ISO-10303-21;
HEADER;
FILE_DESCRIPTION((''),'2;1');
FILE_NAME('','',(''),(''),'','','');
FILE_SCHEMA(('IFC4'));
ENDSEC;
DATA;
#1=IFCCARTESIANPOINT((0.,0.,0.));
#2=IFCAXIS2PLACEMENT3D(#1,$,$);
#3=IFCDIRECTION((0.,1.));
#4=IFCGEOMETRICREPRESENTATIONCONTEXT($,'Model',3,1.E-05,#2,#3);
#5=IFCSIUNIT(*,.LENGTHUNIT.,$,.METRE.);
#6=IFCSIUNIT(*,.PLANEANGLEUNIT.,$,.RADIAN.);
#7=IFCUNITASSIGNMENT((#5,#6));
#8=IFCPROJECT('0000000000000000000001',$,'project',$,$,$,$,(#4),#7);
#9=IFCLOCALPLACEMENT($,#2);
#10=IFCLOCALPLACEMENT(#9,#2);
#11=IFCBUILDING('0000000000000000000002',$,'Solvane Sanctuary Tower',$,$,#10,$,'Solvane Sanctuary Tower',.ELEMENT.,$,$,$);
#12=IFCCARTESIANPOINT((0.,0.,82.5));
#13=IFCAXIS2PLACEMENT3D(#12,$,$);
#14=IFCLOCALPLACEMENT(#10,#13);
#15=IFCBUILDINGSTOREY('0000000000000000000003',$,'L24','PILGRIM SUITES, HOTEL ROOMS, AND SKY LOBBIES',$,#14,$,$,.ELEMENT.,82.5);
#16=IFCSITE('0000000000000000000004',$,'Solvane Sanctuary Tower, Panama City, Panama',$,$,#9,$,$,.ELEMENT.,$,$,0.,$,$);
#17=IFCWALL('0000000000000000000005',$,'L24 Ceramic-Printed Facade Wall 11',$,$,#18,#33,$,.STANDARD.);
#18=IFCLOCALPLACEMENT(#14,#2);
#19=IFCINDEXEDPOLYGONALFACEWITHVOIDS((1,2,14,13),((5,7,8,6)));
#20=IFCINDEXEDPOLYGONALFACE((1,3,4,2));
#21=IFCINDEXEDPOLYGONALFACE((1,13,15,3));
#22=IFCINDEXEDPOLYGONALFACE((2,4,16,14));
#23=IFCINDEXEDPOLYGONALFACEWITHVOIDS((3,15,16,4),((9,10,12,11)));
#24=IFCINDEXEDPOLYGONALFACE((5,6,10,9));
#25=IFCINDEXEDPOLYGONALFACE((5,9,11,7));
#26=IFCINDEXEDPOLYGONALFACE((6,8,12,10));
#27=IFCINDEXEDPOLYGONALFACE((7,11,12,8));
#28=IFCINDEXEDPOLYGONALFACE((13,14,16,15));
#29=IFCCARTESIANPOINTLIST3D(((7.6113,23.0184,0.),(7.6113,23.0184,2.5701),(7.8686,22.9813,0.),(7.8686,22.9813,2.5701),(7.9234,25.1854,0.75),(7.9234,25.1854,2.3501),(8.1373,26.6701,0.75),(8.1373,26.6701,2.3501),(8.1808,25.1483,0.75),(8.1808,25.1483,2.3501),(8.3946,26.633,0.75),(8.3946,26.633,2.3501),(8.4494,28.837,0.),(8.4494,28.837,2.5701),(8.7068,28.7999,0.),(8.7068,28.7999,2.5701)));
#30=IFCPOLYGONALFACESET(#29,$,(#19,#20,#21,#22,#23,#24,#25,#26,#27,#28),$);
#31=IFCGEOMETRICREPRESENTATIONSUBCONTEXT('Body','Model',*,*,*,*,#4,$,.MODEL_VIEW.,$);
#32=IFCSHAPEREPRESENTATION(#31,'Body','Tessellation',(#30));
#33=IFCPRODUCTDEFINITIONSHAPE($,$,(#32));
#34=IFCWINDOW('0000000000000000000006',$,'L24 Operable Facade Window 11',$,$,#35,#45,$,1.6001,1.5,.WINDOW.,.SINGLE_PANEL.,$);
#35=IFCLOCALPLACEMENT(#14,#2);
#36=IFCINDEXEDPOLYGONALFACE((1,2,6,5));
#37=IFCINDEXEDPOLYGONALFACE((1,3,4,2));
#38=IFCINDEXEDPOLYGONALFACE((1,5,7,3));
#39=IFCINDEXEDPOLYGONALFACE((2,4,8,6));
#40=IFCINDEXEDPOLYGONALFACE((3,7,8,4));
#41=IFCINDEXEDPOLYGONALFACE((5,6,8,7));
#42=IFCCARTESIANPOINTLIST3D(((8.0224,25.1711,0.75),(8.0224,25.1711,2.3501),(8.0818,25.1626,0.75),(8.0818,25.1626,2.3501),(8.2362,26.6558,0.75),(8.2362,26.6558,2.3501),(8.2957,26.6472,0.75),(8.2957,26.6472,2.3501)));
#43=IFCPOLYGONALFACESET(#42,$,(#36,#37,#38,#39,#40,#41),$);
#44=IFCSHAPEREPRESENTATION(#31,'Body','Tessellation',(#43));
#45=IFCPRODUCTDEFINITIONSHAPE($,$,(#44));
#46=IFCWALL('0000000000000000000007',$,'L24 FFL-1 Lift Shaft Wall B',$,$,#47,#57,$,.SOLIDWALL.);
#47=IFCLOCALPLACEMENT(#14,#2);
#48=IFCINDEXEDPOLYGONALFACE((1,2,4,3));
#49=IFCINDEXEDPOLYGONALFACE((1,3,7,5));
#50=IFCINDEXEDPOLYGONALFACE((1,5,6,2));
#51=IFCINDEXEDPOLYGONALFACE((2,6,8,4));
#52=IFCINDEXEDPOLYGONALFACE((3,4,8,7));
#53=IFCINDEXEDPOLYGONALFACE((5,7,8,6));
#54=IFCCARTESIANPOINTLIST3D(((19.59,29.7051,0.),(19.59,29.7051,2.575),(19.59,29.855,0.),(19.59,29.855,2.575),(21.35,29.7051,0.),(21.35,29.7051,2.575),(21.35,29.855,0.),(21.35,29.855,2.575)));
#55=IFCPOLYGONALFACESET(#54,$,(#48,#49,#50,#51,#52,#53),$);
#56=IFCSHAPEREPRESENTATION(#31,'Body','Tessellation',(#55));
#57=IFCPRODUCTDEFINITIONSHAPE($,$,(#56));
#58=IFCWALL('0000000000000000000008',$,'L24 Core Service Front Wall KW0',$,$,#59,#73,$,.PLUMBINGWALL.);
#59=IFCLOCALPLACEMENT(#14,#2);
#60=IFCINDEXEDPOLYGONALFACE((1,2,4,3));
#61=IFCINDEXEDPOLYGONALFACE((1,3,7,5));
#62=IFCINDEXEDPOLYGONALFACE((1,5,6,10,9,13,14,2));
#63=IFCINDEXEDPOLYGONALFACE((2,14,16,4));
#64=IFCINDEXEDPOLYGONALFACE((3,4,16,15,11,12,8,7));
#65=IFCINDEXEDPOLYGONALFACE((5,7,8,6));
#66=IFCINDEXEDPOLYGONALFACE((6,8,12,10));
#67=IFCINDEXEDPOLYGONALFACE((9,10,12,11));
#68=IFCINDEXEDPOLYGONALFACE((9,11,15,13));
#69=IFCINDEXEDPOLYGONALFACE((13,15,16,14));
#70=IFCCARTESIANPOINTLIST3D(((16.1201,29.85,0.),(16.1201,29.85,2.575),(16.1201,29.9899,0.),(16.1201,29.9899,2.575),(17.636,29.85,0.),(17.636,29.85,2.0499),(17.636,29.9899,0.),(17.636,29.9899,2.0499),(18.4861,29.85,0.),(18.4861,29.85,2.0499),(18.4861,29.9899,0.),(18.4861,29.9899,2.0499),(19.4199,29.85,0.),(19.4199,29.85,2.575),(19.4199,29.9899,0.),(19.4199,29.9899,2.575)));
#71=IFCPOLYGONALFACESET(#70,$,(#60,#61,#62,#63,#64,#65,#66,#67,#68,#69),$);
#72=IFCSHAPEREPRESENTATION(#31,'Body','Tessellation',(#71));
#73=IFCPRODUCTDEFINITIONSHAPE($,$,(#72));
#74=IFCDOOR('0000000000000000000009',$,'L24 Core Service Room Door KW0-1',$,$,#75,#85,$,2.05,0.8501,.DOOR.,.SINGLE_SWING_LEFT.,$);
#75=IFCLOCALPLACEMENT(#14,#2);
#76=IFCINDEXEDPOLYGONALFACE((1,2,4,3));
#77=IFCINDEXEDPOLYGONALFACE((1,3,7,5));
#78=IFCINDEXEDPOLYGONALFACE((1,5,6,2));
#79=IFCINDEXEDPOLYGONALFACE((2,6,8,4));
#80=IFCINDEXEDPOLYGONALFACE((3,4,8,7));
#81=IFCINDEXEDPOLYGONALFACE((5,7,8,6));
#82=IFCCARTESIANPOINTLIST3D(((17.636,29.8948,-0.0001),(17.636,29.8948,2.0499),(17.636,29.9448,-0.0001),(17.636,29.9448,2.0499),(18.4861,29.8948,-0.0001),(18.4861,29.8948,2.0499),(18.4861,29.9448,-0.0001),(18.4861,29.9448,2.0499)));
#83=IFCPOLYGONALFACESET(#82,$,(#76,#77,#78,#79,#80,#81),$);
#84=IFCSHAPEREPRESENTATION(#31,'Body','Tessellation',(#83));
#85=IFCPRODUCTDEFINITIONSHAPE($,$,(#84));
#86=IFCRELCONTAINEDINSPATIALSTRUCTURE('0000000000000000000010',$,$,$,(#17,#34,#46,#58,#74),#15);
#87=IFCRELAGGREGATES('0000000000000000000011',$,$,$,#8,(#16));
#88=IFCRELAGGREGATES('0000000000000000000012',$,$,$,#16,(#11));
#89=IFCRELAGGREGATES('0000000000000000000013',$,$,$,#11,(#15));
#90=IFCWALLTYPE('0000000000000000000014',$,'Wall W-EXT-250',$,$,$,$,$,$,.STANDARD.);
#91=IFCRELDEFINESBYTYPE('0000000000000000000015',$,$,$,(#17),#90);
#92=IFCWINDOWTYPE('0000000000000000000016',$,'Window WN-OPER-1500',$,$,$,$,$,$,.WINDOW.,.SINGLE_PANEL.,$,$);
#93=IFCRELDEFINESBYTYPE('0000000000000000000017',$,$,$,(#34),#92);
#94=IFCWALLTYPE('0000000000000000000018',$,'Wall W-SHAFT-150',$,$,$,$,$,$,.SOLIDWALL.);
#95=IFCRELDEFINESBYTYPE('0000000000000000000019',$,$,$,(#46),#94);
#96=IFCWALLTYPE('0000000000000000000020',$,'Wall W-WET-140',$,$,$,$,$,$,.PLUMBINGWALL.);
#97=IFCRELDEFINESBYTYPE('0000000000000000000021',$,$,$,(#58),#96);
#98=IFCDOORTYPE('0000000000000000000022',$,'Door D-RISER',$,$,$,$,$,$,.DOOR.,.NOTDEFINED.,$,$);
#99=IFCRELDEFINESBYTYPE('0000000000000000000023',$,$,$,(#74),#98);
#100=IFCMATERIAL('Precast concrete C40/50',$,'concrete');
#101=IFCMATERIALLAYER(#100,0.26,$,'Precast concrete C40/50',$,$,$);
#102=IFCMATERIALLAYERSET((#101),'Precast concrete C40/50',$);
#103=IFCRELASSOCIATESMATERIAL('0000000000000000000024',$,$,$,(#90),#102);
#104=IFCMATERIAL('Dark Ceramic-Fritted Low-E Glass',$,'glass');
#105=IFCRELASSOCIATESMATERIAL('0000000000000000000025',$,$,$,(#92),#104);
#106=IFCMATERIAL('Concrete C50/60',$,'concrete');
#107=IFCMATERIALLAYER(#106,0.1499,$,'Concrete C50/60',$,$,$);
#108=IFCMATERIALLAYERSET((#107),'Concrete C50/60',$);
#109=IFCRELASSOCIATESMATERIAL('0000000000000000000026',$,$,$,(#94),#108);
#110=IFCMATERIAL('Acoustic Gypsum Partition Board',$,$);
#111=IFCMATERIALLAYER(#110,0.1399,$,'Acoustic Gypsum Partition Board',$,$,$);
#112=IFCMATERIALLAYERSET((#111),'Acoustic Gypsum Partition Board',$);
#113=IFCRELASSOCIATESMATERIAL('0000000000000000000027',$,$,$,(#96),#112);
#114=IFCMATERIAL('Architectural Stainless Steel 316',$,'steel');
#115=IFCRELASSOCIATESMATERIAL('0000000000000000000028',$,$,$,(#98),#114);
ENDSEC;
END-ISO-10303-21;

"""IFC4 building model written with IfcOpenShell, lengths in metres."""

from ifc_helpers import new_model, si_unit, direction, frame, frame_2d, origin, place, context, subcontext, project, spatial, rectangle, extrude, material, layer, layer_set, type_object, element, fill, save


model = new_model("IFC4")

# Units and contexts
model_context = context("Model", 3, precision=1e-05, world=origin(), true_north=direction((0.0, 1.0)))
body_context = subcontext(model_context, "Body", "Model", "MODEL_VIEW")
ifc_project = project(units=[si_unit("LENGTHUNIT", "METRE"), si_unit("PLANEANGLEUNIT", "RADIAN")], contexts=[model_context])

# Site, building, storey
site_placement = place(None, origin())
site = spatial("IfcSite", under=ifc_project, at=site_placement, Name="Solvane Sanctuary Tower, Panama City, Panama", CompositionType="ELEMENT", RefElevation=0.0)
building_placement = place(site_placement, origin())
building = spatial("IfcBuilding", under=site, at=building_placement, Name="Solvane Sanctuary Tower", LongName="Solvane Sanctuary Tower", CompositionType="ELEMENT")
storey_placement = place(building_placement, frame((0.0, 0.0, 82.5)))
storey = spatial("IfcBuildingStorey", under=building, at=storey_placement, Name="L24", Description="PILGRIM SUITES, HOTEL ROOMS, AND SKY LOBBIES", CompositionType="ELEMENT", Elevation=82.5)

# Shared definitions
ifc_material_1 = material(Name="Acoustic Gypsum Partition Board")

# Shared definitions
ifc_material_2 = material(Name="Precast concrete C40/50", Category="concrete")
ifc_layer_1 = layer(ifc_material_2, 0.26, Name="Precast concrete C40/50")
ifc_layer_set_1 = layer_set([ifc_layer_1], Name="Precast concrete C40/50")
wall_type_1 = type_object("IfcWallType", Name="Wall W-EXT-250", PredefinedType="STANDARD", material=ifc_layer_set_1)

# Wall, opening, window
ifc_material_3 = material(Name="Dark Ceramic-Fritted Low-E Glass", Category="glass")
wall_1_placement = place(storey_placement, frame((8.5781, 28.8186, 0.0), z_axis=(0.0, 0.0, 1.0), x_axis=(-0.142572, -0.989784, 0.0)))
wall_1 = element("IfcWall", 1, at=wall_1_placement, inside=storey, type_object=wall_type_1, Name="L24 Ceramic-Printed Facade Wall 11", PredefinedType="STANDARD", context=body_context, shape_type="SweptSolid", body=[
    extrude(rectangle(XDim=5.8787, YDim=0.26, at=frame_2d((2.9395, 0.0))), origin(), (0.0, 0.0, 1.0), 2.5701),
])
opening_1_placement = place(wall_1_placement, frame((2.1895, 0.0, 0.75)))
opening_1 = element("IfcOpeningElement", 2, at=opening_1_placement, cuts=wall_1, PredefinedType="OPENING", context=body_context, shape_type="SweptSolid", body=[
    extrude(rectangle(XDim=1.5, YDim=1.6001, at=frame_2d((0.75, 0.8))), frame((0.0, 0.1399, 0.0), z_axis=(0.0, -1.0, 0.0), x_axis=(1.0, 0.0, 0.0)), (0.0, 0.0, 1.0), 0.28),
])
window_type_1 = type_object("IfcWindowType", Name="Window WN-OPER-1500", PartitioningType="SINGLE_PANEL", PredefinedType="WINDOW", material=ifc_material_3)
window_1_placement = place(opening_1_placement, origin())
window_1 = element("IfcWindow", 3, at=window_1_placement, inside=storey, type_object=window_type_1, Name="L24 Operable Facade Window 11", OverallHeight=1.6001, OverallWidth=1.5, PartitioningType="SINGLE_PANEL", PredefinedType="WINDOW", context=body_context, shape_type="SweptSolid", body=[
    extrude(rectangle(XDim=1.5, YDim=1.6001, at=frame_2d((0.75, 0.8))), frame((0.0, 0.03, 0.0), z_axis=(0.0, -1.0, 0.0), x_axis=(1.0, 0.0, 0.0)), (0.0, 0.0, 1.0), 0.0601),
])
fill(opening_1, window_1)

# Wall
ifc_material_4 = material(Name="Concrete C50/60", Category="concrete")
ifc_layer_2 = layer(ifc_material_4, 0.1499, Name="Concrete C50/60")
ifc_layer_set_2 = layer_set([ifc_layer_2], Name="Concrete C50/60")
wall_type_2 = type_object("IfcWallType", Name="Wall W-SHAFT-150", PredefinedType="SOLIDWALL", material=ifc_layer_set_2)
wall_2_placement = place(storey_placement, frame((19.5901, 29.78, 0.0), z_axis=(0.0, 0.0, 1.0), x_axis=(1.0, 0.0, 0.0)))
element("IfcWall", 4, at=wall_2_placement, inside=storey, type_object=wall_type_2, Name="L24 FFL-1 Lift Shaft Wall B", PredefinedType="SOLIDWALL", context=body_context, shape_type="SweptSolid", body=[
    extrude(rectangle(XDim=1.76, YDim=0.1499, at=frame_2d((0.8799, 0.0))), origin(), (0.0, 0.0, 1.0), 2.575),
])

# Wall, opening, door
ifc_layer_3 = layer(ifc_material_1, 0.1399, Name="Acoustic Gypsum Partition Board")
ifc_layer_set_3 = layer_set([ifc_layer_3], Name="Acoustic Gypsum Partition Board")
wall_type_3 = type_object("IfcWallType", Name="Wall W-WET-140", PredefinedType="PLUMBINGWALL", material=ifc_layer_set_3)
wall_3_placement = place(storey_placement, frame((16.1201, 29.9199, 0.0), z_axis=(0.0, 0.0, 1.0), x_axis=(1.0, 0.0, 0.0)))
wall_3 = element("IfcWall", 5, at=wall_3_placement, inside=storey, type_object=wall_type_3, Name="L24 Core Service Front Wall KW0", PredefinedType="PLUMBINGWALL", context=body_context, shape_type="SweptSolid", body=[
    extrude(rectangle(XDim=3.2998, YDim=0.1399, at=frame_2d((1.6499, 0.0))), origin(), (0.0, 0.0, 1.0), 2.575),
])
opening_2_placement = place(wall_3_placement, frame((1.5159, 0.0, 0.0)))
opening_2 = element("IfcOpeningElement", 6, at=opening_2_placement, cuts=wall_3, PredefinedType="OPENING", context=body_context, shape_type="SweptSolid", body=[
    extrude(rectangle(XDim=0.8501, YDim=2.05, at=frame_2d((0.425, 1.0249))), frame((0.0, 0.0798, 0.0), z_axis=(0.0, -1.0, 0.0), x_axis=(1.0, 0.0, 0.0)), (0.0, 0.0, 1.0), 0.1599),
])
ifc_material_5 = material(Name="Architectural Stainless Steel 316", Category="steel")
door_type_1 = type_object("IfcDoorType", Name="Door D-RISER", OperationType="NOTDEFINED", PredefinedType="DOOR", material=ifc_material_5)
door_1_placement = place(opening_2_placement, origin())
door_1 = element("IfcDoor", 7, at=door_1_placement, inside=storey, type_object=door_type_1, Name="L24 Core Service Room Door KW0-1", OperationType="SINGLE_SWING_LEFT", OverallHeight=2.05, OverallWidth=0.8501, PredefinedType="DOOR", context=body_context, shape_type="SweptSolid", body=[
    extrude(rectangle(XDim=0.8501, YDim=2.05, at=frame_2d((0.425, 1.0249))), frame((0.0, 0.0249, 0.0), z_axis=(0.0, -1.0, 0.0), x_axis=(1.0, 0.0, 0.0)), (0.0, 0.0, 1.0), 0.05),
])
fill(opening_2, door_1)

save(model, "model.ifc")
